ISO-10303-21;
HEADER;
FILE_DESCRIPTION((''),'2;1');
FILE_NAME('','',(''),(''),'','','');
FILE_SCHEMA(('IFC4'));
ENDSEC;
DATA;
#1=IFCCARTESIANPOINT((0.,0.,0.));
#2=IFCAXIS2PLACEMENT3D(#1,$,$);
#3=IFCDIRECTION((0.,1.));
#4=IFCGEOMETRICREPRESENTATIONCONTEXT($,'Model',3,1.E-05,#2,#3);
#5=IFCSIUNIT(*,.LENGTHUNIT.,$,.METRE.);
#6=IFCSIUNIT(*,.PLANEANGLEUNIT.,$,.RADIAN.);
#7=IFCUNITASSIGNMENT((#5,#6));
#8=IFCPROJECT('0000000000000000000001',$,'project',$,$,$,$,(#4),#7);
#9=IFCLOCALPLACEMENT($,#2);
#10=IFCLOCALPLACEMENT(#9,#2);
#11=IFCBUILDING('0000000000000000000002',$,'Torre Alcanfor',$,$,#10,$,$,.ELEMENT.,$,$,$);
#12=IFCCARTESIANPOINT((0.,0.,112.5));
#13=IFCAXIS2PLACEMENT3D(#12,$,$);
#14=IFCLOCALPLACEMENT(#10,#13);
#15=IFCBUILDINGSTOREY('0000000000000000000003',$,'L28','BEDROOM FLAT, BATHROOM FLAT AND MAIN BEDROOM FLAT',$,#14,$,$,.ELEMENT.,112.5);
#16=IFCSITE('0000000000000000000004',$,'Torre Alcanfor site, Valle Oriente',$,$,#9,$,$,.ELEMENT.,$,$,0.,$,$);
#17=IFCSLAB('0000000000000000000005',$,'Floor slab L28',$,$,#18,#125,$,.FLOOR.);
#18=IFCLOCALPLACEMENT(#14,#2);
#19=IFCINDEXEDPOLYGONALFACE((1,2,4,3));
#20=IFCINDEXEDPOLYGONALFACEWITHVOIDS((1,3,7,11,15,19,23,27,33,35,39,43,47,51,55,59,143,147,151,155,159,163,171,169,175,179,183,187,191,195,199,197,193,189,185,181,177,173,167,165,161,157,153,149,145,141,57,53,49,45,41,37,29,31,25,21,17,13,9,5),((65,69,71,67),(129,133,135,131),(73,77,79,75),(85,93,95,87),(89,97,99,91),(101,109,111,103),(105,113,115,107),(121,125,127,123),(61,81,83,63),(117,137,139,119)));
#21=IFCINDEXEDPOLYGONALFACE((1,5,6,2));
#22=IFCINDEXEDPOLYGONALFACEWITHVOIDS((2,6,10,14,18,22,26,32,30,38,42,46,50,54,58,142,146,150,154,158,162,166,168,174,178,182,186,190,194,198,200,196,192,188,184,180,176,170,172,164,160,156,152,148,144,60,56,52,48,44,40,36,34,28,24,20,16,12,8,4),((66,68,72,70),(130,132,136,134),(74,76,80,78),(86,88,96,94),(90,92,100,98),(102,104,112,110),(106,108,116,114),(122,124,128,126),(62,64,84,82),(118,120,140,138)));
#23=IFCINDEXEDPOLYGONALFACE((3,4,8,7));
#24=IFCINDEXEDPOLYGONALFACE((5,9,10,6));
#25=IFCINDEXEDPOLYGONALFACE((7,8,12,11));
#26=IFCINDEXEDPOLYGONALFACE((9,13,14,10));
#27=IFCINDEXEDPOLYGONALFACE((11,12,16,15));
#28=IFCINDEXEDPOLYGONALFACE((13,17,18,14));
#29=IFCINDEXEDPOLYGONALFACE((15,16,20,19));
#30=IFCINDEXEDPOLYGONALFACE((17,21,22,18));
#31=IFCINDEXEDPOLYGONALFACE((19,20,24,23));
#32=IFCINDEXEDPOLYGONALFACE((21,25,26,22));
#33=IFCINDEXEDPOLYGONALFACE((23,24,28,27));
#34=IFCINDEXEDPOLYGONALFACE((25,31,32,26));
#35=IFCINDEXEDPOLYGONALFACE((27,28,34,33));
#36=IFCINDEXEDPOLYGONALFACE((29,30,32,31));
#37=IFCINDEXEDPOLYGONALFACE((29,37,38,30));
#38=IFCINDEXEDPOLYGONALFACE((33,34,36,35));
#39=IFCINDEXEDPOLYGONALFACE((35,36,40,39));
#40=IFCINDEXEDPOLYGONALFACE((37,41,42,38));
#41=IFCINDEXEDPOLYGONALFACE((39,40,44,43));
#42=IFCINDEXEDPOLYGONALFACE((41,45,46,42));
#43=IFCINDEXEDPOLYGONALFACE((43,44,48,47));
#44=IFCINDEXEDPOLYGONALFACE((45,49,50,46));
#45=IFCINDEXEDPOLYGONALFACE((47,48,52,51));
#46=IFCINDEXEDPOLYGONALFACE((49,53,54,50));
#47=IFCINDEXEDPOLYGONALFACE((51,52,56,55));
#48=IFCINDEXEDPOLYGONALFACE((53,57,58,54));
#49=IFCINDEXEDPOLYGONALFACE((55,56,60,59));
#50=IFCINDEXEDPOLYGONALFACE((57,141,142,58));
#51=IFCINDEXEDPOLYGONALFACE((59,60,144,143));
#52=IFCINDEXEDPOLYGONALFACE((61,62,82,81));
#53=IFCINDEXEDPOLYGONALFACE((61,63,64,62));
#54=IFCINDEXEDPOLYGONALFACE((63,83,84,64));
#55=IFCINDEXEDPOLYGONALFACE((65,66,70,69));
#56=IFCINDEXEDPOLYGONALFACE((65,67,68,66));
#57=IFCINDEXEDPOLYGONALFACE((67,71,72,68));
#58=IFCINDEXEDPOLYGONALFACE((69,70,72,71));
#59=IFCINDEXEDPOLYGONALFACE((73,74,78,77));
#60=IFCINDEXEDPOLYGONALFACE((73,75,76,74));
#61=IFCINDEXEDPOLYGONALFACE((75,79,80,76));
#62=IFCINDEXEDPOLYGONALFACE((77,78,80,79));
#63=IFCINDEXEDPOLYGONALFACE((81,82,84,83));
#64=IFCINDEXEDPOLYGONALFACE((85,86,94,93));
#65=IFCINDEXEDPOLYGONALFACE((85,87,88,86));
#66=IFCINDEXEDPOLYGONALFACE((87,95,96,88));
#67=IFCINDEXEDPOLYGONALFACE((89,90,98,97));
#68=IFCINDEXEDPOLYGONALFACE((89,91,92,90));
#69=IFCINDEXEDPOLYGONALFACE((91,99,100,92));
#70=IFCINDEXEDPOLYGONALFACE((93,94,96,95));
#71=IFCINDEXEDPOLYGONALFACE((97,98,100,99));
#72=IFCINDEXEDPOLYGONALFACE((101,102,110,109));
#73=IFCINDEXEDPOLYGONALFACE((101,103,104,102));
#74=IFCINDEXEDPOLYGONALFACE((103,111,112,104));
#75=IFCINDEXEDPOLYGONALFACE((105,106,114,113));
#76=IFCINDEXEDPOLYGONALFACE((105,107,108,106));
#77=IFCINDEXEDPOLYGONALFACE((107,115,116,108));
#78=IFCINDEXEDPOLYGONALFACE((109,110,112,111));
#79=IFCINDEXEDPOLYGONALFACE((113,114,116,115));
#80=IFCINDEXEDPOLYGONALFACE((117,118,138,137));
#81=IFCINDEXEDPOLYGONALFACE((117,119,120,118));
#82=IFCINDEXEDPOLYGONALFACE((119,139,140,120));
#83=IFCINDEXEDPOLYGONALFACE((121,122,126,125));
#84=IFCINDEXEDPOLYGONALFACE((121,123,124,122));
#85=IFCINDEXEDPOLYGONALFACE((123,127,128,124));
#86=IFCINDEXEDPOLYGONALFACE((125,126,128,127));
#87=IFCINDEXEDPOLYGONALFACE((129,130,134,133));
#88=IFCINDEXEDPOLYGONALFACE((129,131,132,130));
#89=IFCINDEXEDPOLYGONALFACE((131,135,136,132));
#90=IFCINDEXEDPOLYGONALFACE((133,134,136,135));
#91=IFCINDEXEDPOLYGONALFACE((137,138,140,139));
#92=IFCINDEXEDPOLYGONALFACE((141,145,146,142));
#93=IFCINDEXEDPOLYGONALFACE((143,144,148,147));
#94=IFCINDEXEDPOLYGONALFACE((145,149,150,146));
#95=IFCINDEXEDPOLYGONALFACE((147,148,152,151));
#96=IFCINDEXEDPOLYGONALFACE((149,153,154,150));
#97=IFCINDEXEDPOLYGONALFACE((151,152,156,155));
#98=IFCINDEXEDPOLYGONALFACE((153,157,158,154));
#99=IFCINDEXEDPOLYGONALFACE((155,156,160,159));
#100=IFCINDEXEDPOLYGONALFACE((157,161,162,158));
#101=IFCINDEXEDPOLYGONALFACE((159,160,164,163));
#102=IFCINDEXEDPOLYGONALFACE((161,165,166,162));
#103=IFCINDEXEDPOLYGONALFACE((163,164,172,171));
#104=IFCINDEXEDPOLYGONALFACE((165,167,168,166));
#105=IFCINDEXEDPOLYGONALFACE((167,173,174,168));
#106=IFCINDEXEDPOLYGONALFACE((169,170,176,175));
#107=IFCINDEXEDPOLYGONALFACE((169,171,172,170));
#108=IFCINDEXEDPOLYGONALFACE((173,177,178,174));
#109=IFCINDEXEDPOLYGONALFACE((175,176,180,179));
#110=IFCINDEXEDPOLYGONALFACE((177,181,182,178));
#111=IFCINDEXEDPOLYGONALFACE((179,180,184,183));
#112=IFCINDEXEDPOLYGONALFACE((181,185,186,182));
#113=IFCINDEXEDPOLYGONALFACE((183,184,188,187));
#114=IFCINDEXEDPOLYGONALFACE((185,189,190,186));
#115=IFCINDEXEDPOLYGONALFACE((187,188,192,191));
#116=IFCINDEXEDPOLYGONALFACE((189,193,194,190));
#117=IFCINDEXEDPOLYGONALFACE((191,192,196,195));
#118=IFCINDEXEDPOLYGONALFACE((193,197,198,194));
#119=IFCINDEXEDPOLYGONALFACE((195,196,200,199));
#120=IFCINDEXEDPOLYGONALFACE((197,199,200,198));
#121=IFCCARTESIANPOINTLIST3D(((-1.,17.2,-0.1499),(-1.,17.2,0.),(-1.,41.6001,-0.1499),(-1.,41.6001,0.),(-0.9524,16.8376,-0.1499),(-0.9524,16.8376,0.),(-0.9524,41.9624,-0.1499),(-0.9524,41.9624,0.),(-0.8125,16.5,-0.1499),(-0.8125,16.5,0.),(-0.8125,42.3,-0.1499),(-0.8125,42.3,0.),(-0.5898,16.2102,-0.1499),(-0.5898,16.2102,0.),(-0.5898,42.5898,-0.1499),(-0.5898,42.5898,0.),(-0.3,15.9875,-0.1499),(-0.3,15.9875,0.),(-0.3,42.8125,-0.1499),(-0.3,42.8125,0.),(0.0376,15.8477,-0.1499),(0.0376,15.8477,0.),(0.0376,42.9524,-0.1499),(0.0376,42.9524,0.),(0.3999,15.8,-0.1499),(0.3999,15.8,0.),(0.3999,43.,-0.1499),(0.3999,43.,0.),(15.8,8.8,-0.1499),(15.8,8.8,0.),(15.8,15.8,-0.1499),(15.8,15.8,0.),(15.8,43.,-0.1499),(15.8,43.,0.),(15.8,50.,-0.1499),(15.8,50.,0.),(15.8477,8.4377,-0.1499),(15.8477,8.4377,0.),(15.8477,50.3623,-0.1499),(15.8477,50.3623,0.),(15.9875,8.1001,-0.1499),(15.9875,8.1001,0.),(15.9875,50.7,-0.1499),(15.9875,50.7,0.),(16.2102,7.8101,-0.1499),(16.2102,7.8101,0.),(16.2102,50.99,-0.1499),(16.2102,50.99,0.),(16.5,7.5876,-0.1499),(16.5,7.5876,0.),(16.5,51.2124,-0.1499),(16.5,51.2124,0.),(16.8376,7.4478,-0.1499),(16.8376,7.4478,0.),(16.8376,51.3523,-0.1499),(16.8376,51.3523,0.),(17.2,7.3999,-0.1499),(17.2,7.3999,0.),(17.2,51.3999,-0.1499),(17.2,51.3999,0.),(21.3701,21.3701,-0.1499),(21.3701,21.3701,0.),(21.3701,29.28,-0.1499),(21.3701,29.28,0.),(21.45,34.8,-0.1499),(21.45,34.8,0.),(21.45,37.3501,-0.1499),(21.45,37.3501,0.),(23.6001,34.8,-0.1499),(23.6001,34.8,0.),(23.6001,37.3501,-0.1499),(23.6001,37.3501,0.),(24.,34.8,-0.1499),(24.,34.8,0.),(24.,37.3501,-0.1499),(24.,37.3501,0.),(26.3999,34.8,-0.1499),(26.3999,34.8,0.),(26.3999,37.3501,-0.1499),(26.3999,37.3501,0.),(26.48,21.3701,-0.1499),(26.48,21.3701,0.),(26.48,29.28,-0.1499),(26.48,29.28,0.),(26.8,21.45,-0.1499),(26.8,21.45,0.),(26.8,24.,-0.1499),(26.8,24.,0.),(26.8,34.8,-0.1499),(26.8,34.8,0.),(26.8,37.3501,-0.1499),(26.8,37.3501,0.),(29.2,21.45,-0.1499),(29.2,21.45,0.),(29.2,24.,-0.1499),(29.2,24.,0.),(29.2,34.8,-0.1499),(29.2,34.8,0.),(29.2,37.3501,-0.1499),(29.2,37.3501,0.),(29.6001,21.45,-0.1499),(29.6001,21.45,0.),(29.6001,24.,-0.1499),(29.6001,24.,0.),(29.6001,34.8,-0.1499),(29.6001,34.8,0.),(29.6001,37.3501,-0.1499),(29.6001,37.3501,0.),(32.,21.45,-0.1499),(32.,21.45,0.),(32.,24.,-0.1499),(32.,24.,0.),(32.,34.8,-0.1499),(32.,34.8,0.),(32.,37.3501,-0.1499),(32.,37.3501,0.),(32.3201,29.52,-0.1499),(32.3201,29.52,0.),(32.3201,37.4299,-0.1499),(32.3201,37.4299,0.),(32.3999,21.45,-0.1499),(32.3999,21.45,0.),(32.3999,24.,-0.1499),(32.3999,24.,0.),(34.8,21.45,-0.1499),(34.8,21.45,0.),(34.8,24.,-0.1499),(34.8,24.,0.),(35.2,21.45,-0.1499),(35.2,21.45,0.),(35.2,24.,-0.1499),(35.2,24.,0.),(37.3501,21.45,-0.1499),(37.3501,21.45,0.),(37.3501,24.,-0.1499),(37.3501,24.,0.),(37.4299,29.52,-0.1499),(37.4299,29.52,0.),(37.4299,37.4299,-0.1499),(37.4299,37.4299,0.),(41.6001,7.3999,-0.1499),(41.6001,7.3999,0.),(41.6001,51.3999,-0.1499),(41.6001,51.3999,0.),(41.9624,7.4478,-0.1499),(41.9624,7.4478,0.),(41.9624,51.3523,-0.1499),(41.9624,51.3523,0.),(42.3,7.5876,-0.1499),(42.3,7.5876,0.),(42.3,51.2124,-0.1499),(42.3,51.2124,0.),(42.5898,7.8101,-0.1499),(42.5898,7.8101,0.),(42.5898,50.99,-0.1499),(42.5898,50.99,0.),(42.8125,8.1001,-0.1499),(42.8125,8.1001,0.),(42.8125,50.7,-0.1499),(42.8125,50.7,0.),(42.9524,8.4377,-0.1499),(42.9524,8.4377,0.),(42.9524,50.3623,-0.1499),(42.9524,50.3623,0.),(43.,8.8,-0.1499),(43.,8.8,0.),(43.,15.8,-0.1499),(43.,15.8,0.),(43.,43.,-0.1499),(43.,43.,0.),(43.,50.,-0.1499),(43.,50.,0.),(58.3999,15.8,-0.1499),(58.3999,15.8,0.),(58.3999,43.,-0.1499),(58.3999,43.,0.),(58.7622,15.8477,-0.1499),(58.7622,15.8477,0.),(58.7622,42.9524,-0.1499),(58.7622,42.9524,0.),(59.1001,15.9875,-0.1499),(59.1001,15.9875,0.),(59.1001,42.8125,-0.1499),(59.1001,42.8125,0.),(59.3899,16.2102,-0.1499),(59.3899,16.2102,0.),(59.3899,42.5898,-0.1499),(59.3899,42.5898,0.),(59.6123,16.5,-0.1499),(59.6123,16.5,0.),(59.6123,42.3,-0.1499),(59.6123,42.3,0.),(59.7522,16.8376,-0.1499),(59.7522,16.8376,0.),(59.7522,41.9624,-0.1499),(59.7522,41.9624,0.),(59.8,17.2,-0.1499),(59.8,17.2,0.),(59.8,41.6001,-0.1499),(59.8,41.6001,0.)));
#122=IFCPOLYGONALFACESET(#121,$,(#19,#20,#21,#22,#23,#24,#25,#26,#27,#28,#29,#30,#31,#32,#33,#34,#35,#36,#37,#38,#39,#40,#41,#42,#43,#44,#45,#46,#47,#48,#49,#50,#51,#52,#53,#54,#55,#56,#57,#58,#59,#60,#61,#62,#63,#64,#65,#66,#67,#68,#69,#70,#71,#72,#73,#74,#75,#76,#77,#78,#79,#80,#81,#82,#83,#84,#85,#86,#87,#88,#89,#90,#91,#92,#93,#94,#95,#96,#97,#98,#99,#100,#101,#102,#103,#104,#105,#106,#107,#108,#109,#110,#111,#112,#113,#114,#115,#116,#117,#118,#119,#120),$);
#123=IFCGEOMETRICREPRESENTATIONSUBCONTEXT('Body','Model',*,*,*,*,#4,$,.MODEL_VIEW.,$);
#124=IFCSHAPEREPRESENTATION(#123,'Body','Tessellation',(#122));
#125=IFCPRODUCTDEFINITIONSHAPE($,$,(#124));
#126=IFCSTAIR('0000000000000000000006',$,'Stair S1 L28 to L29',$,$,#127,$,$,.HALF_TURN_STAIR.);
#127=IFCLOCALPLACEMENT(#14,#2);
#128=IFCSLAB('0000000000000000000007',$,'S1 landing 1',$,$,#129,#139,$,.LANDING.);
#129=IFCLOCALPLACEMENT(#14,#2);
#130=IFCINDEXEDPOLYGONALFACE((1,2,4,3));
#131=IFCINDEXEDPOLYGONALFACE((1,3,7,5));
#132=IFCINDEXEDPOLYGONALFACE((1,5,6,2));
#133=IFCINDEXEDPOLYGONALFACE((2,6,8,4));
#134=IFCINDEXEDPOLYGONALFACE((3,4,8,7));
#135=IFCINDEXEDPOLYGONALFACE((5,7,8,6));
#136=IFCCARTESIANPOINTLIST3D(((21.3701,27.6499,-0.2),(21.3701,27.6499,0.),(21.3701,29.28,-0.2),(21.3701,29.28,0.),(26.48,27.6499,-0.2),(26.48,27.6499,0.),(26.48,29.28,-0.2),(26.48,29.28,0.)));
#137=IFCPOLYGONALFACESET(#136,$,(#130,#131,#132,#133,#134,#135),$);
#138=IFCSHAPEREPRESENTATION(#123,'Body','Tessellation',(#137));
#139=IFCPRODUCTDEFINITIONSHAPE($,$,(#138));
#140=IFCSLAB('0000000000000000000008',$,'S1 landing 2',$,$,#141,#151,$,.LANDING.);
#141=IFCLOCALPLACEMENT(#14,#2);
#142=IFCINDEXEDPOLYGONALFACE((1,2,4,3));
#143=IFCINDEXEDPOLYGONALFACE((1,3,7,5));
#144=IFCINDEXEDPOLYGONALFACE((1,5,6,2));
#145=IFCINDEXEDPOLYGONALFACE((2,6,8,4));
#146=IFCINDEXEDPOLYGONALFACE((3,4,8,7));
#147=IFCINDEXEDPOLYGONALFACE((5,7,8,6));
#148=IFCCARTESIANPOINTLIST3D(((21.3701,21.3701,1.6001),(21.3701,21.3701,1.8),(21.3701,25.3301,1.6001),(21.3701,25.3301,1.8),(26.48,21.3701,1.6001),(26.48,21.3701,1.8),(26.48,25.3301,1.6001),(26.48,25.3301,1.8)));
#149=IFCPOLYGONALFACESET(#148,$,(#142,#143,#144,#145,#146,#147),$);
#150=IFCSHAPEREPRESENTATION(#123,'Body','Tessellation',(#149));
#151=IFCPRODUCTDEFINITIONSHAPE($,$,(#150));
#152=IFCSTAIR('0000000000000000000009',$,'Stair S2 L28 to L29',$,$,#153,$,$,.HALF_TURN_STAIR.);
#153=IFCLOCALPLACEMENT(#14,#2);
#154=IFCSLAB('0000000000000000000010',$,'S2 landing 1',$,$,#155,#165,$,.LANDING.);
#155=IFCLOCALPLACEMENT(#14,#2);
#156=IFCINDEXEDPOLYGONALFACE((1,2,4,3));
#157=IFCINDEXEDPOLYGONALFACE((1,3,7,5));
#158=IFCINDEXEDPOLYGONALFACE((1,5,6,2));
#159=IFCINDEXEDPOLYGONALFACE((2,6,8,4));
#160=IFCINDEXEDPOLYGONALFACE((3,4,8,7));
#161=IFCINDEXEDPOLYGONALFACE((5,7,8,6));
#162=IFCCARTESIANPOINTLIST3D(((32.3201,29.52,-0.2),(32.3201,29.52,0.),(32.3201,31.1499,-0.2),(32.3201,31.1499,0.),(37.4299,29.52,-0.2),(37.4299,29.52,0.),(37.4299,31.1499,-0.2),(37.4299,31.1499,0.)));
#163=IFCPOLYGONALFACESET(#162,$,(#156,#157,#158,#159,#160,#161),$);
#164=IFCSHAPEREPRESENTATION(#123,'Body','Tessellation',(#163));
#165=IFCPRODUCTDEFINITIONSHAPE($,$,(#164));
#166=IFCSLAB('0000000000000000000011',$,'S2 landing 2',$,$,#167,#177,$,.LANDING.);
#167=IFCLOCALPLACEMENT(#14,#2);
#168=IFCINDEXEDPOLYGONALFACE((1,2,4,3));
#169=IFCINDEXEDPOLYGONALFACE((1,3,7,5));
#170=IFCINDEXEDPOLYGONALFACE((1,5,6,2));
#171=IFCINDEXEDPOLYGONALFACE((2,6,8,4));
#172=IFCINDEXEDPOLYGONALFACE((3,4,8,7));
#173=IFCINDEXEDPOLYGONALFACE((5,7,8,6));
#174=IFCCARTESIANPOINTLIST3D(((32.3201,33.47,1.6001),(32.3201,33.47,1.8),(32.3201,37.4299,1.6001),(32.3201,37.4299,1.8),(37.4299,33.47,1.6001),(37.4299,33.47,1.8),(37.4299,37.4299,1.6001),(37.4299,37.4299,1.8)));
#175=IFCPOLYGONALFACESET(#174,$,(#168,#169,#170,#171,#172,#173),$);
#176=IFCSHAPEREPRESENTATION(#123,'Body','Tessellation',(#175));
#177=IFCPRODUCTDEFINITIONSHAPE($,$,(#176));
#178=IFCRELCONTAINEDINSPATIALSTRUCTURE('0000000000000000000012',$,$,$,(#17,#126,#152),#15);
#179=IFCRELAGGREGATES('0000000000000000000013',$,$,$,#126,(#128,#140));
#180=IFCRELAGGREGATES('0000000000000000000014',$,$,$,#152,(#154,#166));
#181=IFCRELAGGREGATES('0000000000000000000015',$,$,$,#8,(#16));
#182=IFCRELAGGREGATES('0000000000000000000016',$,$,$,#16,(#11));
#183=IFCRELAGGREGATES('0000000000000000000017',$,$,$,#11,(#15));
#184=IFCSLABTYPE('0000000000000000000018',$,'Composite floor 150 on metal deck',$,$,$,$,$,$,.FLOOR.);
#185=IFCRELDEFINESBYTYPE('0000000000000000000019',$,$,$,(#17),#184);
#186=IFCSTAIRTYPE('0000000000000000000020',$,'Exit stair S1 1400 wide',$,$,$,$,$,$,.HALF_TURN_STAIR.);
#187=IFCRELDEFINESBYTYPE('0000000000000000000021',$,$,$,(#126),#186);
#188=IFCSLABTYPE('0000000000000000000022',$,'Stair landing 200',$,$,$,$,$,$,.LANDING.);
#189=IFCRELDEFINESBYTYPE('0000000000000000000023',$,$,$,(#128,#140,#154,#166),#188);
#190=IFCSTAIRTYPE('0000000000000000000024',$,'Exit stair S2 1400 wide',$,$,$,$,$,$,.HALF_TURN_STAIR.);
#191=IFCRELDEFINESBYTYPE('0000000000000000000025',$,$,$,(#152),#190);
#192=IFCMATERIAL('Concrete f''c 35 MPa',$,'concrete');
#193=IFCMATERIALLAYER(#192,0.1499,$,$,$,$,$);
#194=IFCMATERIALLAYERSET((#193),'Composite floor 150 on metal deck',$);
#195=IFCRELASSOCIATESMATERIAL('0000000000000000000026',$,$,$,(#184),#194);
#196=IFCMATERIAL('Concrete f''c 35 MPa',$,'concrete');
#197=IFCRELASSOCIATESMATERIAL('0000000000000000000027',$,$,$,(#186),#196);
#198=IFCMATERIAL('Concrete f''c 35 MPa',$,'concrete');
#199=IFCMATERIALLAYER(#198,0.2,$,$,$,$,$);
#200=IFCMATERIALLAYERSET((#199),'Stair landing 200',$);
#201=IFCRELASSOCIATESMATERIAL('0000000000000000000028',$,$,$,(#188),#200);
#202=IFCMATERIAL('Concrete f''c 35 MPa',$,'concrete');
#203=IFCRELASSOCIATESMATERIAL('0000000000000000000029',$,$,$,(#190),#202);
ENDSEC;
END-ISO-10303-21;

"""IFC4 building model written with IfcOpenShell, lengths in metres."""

from ifc_helpers import new_model, si_unit, direction, frame, origin, place, context, subcontext, project, spatial, polyline, outline, extrude, material, layer, layer_set, type_object, element, aggregate, save


model = new_model("IFC4")

# Units and contexts
model_context = context("Model", 3, precision=1e-05, world=origin(), true_north=direction((0.0, 1.0)))
body_context = subcontext(model_context, "Body", "Model", "MODEL_VIEW")
ifc_project = project(units=[si_unit("LENGTHUNIT", "METRE"), si_unit("PLANEANGLEUNIT", "RADIAN")], contexts=[model_context])

# Site, building, storey
site_placement = place(None, origin())
site = spatial("IfcSite", under=ifc_project, at=site_placement, Name="Torre Alcanfor site, Valle Oriente", CompositionType="ELEMENT", RefElevation=0.0)
building_placement = place(site_placement, origin())
building = spatial("IfcBuilding", under=site, at=building_placement, Name="Torre Alcanfor", CompositionType="ELEMENT")
storey_placement = place(building_placement, frame((0.0, 0.0, 112.5)))
storey = spatial("IfcBuildingStorey", under=building, at=storey_placement, Name="L28", Description="BEDROOM FLAT, BATHROOM FLAT AND MAIN BEDROOM FLAT", CompositionType="ELEMENT", Elevation=112.5)

# Slab
ifc_material_1 = material(Name="Concrete f'c 35 MPa", Category="concrete")
ifc_layer_1 = layer(ifc_material_1, 0.1499)
ifc_layer_set_1 = layer_set([ifc_layer_1], Name="Composite floor 150 on metal deck")
slab_type_1 = type_object("IfcSlabType", Name="Composite floor 150 on metal deck", PredefinedType="FLOOR", material=ifc_layer_set_1)
slab_1_placement = place(storey_placement, frame((0.0, 0.0, -0.1499)))
element("IfcSlab", 1, at=slab_1_placement, inside=storey, type_object=slab_type_1, Name="Floor slab L28", PredefinedType="FLOOR", context=body_context, shape_type="SweptSolid", body=[
    extrude(outline(polyline([(15.8, 43.0), (0.3999, 43.0), (0.0376, 42.9524), (-0.3, 42.8125), (-0.5898, 42.5898), (-0.8125, 42.3), (-0.9524, 41.9624), (-1.0, 41.6001), (-1.0, 17.2), (-0.9524, 16.8376), (-0.8125, 16.5), (-0.5898, 16.2102), (-0.3, 15.9875), (0.0376, 15.8477), (0.3999, 15.8), (15.8, 15.8), (15.8, 8.8), (15.8477, 8.4377), (15.9875, 8.1001), (16.2102, 7.8101), (16.5, 7.5876), (16.8376, 7.4478), (17.2, 7.3999), (41.6001, 7.3999), (41.9624, 7.4478), (42.3, 7.5876), (42.5898, 7.8101), (42.8125, 8.1001), (42.9524, 8.4377), (43.0, 8.8), (43.0, 15.8), (58.3999, 15.8), (58.7622, 15.8477), (59.1001, 15.9875), (59.3899, 16.2102), (59.6123, 16.5), (59.7522, 16.8376), (59.8, 17.2), (59.8, 41.6001), (59.7522, 41.9624), (59.6123, 42.3), (59.3899, 42.5898), (59.1001, 42.8125), (58.7622, 42.9524), (58.3999, 43.0), (43.0, 43.0), (43.0, 50.0), (42.9524, 50.3623), (42.8125, 50.7), (42.5898, 50.99), (42.3, 51.2124), (41.9624, 51.3523), (41.6001, 51.3999), (17.2, 51.3999), (16.8376, 51.3523), (16.5, 51.2124), (16.2102, 50.99), (15.9875, 50.7), (15.8477, 50.3623), (15.8, 50.0), (15.8, 43.0)]), holes=[polyline([(21.3701, 21.3701), (26.48, 21.3701), (26.48, 29.28), (21.3701, 29.28), (21.3701, 21.3701)]), polyline([(32.3201, 29.52), (37.4299, 29.52), (37.4299, 37.4299), (32.3201, 37.4299), (32.3201, 29.52)]), polyline([(26.8, 21.45), (29.2, 21.45), (29.2, 24.0), (26.8, 24.0), (26.8, 21.45)]), polyline([(29.6001, 21.45), (32.0, 21.45), (32.0, 24.0), (29.6001, 24.0), (29.6001, 21.45)]), polyline([(32.3999, 21.45), (34.8, 21.45), (34.8, 24.0), (32.3999, 24.0), (32.3999, 21.45)]), polyline([(35.2, 21.45), (37.3501, 21.45), (37.3501, 24.0), (35.2, 24.0), (35.2, 21.45)]), polyline([(21.45, 34.8), (23.6001, 34.8), (23.6001, 37.3501), (21.45, 37.3501), (21.45, 34.8)]), polyline([(24.0, 34.8), (26.3999, 34.8), (26.3999, 37.3501), (24.0, 37.3501), (24.0, 34.8)]), polyline([(26.8, 34.8), (29.2, 34.8), (29.2, 37.3501), (26.8, 37.3501), (26.8, 34.8)]), polyline([(29.6001, 34.8), (32.0, 34.8), (32.0, 37.3501), (29.6001, 37.3501), (29.6001, 34.8)])]), origin(), (0.0, 0.0, 1.0), 0.1499),
])

# Stairs, slabs
ifc_material_2 = material(Name="Concrete f'c 35 MPa", Category="concrete")
stair_type_1 = type_object("IfcStairType", Name="Exit stair S1 1400 wide", PredefinedType="HALF_TURN_STAIR", material=ifc_material_2)
stair_1_placement = place(storey_placement, origin())
stair_1 = element("IfcStair", 2, at=stair_1_placement, inside=storey, type_object=stair_type_1, Name="Stair S1 L28 to L29", PredefinedType="HALF_TURN_STAIR")
ifc_material_3 = material(Name="Concrete f'c 35 MPa", Category="concrete")
ifc_layer_2 = layer(ifc_material_3, 0.2)
ifc_layer_set_2 = layer_set([ifc_layer_2], Name="Stair landing 200")
slab_type_2 = type_object("IfcSlabType", Name="Stair landing 200", PredefinedType="LANDING", material=ifc_layer_set_2)
slab_2_placement = place(storey_placement, frame((0.0, 0.0, -0.2)))
slab_2 = element("IfcSlab", 3, at=slab_2_placement, type_object=slab_type_2, Name="S1 landing 1", PredefinedType="LANDING", context=body_context, shape_type="SweptSolid", body=[
    extrude(outline(polyline([(21.3701, 27.6499), (26.48, 27.6499), (26.48, 29.28), (21.3701, 29.28), (21.3701, 27.6499)])), origin(), (0.0, 0.0, 1.0), 0.2),
])
slab_3_placement = place(storey_placement, frame((0.0, 0.0, 1.6001)))
slab_3 = element("IfcSlab", 4, at=slab_3_placement, type_object=slab_type_2, Name="S1 landing 2", PredefinedType="LANDING", context=body_context, shape_type="SweptSolid", body=[
    extrude(outline(polyline([(21.3701, 21.3701), (26.48, 21.3701), (26.48, 25.3301), (21.3701, 25.3301), (21.3701, 21.3701)])), origin(), (0.0, 0.0, 1.0), 0.2),
])
aggregate(stair_1, [slab_2, slab_3])
ifc_material_4 = material(Name="Concrete f'c 35 MPa", Category="concrete")
stair_type_2 = type_object("IfcStairType", Name="Exit stair S2 1400 wide", PredefinedType="HALF_TURN_STAIR", material=ifc_material_4)
stair_2_placement = place(storey_placement, origin())
stair_2 = element("IfcStair", 5, at=stair_2_placement, inside=storey, type_object=stair_type_2, Name="Stair S2 L28 to L29", PredefinedType="HALF_TURN_STAIR")
slab_4_placement = place(storey_placement, frame((0.0, 0.0, -0.2)))
slab_4 = element("IfcSlab", 6, at=slab_4_placement, type_object=slab_type_2, Name="S2 landing 1", PredefinedType="LANDING", context=body_context, shape_type="SweptSolid", body=[
    extrude(outline(polyline([(32.3201, 29.52), (37.4299, 29.52), (37.4299, 31.1499), (32.3201, 31.1499), (32.3201, 29.52)])), origin(), (0.0, 0.0, 1.0), 0.2),
])
slab_5_placement = place(storey_placement, frame((0.0, 0.0, 1.6001)))
slab_5 = element("IfcSlab", 7, at=slab_5_placement, type_object=slab_type_2, Name="S2 landing 2", PredefinedType="LANDING", context=body_context, shape_type="SweptSolid", body=[
    extrude(outline(polyline([(32.3201, 33.47), (37.4299, 33.47), (37.4299, 37.4299), (32.3201, 37.4299), (32.3201, 33.47)])), origin(), (0.0, 0.0, 1.0), 0.2),
])
aggregate(stair_2, [slab_4, slab_5])

save(model, "model.ifc")
